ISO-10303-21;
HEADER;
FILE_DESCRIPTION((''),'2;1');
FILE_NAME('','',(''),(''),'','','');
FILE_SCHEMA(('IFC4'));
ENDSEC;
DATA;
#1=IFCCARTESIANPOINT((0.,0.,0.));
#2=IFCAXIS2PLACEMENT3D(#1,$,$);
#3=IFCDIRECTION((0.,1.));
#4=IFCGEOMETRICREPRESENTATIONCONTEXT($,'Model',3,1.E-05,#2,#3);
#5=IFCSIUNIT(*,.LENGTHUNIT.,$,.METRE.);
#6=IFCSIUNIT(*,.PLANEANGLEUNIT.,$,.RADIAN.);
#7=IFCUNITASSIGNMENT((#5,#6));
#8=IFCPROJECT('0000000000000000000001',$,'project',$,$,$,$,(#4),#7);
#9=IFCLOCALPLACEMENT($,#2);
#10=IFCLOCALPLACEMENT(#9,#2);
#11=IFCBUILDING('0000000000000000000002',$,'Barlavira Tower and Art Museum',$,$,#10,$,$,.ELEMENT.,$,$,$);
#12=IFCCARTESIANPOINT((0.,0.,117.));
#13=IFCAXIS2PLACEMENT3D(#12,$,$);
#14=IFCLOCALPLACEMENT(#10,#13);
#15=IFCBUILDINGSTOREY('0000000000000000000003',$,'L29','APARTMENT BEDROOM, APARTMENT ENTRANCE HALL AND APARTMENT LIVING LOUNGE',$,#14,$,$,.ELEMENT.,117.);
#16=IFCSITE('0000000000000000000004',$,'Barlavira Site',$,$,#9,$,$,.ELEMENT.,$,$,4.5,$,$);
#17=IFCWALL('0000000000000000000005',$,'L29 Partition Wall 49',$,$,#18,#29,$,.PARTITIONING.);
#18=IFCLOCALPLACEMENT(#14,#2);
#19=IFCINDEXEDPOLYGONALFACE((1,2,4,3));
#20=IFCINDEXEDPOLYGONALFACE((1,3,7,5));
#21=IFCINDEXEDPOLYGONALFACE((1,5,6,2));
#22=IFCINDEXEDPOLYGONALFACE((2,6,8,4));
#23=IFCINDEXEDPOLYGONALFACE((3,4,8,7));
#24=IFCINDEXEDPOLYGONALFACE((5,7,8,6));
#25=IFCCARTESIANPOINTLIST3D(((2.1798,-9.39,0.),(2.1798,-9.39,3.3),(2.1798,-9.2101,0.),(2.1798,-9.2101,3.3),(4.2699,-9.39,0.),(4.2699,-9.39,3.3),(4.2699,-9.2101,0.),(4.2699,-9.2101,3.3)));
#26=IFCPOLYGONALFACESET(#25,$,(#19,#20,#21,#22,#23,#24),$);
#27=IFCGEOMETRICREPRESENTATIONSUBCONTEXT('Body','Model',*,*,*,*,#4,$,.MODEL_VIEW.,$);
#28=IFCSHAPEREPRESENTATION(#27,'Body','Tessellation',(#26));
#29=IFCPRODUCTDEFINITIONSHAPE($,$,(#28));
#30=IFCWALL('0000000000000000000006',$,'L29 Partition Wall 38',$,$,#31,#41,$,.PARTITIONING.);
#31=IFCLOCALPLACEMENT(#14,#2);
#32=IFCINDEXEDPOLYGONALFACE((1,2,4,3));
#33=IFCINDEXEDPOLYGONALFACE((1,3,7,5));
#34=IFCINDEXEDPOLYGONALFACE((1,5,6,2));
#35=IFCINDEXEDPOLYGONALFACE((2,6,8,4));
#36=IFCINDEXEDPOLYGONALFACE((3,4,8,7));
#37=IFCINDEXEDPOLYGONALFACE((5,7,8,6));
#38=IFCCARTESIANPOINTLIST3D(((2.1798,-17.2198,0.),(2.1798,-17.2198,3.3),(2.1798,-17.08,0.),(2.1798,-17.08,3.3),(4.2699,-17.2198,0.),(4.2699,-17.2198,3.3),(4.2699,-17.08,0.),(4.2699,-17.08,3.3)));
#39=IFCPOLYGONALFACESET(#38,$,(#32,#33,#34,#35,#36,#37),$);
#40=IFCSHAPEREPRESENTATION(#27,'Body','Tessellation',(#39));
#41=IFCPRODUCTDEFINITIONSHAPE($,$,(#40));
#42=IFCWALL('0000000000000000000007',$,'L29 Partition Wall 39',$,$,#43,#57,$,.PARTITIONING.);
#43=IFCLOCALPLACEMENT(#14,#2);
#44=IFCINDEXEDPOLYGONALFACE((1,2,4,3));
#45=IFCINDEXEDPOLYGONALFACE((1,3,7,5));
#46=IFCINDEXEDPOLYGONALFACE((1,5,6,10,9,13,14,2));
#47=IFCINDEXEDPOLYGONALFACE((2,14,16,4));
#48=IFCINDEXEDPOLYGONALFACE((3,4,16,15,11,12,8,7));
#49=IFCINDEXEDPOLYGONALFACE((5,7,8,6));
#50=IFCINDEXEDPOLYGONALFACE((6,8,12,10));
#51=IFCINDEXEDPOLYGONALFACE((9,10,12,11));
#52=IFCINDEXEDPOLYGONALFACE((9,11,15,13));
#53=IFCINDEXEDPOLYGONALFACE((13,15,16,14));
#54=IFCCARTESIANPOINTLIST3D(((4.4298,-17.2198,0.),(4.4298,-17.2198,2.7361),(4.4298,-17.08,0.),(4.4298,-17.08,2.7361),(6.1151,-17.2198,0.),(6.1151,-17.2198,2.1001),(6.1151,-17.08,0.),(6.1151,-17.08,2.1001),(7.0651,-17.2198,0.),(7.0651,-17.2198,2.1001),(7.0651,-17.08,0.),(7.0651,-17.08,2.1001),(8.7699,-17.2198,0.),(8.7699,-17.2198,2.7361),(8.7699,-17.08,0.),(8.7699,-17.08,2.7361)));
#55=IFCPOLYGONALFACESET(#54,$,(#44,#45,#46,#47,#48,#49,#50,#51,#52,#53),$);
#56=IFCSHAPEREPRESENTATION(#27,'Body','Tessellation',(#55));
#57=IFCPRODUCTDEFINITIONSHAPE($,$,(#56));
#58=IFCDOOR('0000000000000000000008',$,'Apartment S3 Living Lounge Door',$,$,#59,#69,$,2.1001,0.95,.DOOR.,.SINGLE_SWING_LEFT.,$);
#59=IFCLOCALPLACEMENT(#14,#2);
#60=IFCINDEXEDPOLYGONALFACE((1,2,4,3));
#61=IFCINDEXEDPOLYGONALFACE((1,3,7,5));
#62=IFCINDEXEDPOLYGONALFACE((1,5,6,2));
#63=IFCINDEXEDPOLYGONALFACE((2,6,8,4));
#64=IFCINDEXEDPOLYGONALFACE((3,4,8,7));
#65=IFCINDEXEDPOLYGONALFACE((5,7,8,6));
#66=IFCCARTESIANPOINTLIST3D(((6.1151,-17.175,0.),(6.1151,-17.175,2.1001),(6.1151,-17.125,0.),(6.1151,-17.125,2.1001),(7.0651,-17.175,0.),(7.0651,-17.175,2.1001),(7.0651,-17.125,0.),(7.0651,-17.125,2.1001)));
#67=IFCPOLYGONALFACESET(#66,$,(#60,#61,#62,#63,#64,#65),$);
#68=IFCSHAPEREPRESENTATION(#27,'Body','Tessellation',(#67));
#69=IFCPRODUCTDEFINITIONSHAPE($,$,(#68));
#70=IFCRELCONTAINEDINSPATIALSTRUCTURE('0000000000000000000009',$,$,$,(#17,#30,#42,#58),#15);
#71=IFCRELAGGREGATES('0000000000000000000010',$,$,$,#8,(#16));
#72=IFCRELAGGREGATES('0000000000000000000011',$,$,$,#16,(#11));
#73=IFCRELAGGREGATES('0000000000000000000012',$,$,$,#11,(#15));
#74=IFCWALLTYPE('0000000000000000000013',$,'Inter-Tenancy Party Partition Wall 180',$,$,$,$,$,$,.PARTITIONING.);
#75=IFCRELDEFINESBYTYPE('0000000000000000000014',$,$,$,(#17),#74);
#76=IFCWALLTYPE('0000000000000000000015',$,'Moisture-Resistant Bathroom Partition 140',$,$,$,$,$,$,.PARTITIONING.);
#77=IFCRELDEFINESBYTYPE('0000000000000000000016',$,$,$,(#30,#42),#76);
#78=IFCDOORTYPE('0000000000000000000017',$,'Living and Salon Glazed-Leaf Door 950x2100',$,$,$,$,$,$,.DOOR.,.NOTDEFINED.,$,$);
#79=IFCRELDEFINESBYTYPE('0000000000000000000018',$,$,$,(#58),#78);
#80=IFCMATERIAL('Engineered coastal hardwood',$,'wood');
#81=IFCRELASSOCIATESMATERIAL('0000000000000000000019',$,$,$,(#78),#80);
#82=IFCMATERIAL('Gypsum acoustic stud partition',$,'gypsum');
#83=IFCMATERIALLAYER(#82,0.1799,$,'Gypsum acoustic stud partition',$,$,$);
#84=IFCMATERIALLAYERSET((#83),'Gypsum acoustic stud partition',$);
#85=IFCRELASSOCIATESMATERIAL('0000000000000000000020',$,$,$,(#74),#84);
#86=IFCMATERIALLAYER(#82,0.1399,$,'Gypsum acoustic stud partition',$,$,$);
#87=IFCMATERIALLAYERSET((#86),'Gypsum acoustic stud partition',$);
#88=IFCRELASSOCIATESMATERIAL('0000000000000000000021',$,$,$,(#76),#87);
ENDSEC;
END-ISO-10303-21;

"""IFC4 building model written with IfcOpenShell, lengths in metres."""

from ifc_helpers import new_model, si_unit, direction, frame, frame_2d, origin, place, context, subcontext, project, spatial, rectangle, extrude, material, layer, layer_set, type_object, element, fill, save


model = new_model("IFC4")

# Units and contexts
model_context = context("Model", 3, precision=1e-05, world=origin(), true_north=direction((0.0, 1.0)))
body_context = subcontext(model_context, "Body", "Model", "MODEL_VIEW")
ifc_project = project(units=[si_unit("LENGTHUNIT", "METRE"), si_unit("PLANEANGLEUNIT", "RADIAN")], contexts=[model_context])

# Site, building, storey
site_placement = place(None, origin())
site = spatial("IfcSite", under=ifc_project, at=site_placement, Name="Barlavira Site", CompositionType="ELEMENT", RefElevation=4.5)
building_placement = place(site_placement, origin())
building = spatial("IfcBuilding", under=site, at=building_placement, Name="Barlavira Tower and Art Museum", CompositionType="ELEMENT")
storey_placement = place(building_placement, frame((0.0, 0.0, 117.0)))
storey = spatial("IfcBuildingStorey", under=building, at=storey_placement, Name="L29", Description="APARTMENT BEDROOM, APARTMENT ENTRANCE HALL AND APARTMENT LIVING LOUNGE", CompositionType="ELEMENT", Elevation=117.0)

# Shared definitions
ifc_material_1 = material(Name="Gypsum acoustic stud partition", Category="gypsum")
ifc_material_2 = material(Name="Engineered coastal hardwood", Category="wood")
door_type_1 = type_object("IfcDoorType", Name="Living and Salon Glazed-Leaf Door 950x2100", OperationType="NOTDEFINED", PredefinedType="DOOR", material=ifc_material_2)

# Wall
ifc_layer_1 = layer(ifc_material_1, 0.1799, Name="Gypsum acoustic stud partition")
ifc_layer_set_1 = layer_set([ifc_layer_1], Name="Gypsum acoustic stud partition")
wall_type_1 = type_object("IfcWallType", Name="Inter-Tenancy Party Partition Wall 180", PredefinedType="PARTITIONING", material=ifc_layer_set_1)
wall_1_placement = place(storey_placement, frame((2.1799, -9.3, 0.0), z_axis=(0.0, 0.0, 1.0), x_axis=(1.0, 0.0, 0.0)))
element("IfcWall", 1, at=wall_1_placement, inside=storey, type_object=wall_type_1, Name="L29 Partition Wall 49", PredefinedType="PARTITIONING", context=body_context, shape_type="SweptSolid", body=[
    extrude(rectangle(XDim=2.0901, YDim=0.1799, at=frame_2d((1.0449, 0.0))), origin(), (0.0, 0.0, 1.0), 3.3),
])

# Wall
ifc_layer_2 = layer(ifc_material_1, 0.1399, Name="Gypsum acoustic stud partition")
ifc_layer_set_2 = layer_set([ifc_layer_2], Name="Gypsum acoustic stud partition")
wall_type_2 = type_object("IfcWallType", Name="Moisture-Resistant Bathroom Partition 140", PredefinedType="PARTITIONING", material=ifc_layer_set_2)
wall_2_placement = place(storey_placement, frame((2.1799, -17.1499, 0.0), z_axis=(0.0, 0.0, 1.0), x_axis=(1.0, 0.0, 0.0)))
element("IfcWall", 2, at=wall_2_placement, inside=storey, type_object=wall_type_2, Name="L29 Partition Wall 38", PredefinedType="PARTITIONING", context=body_context, shape_type="SweptSolid", body=[
    extrude(rectangle(XDim=2.0901, YDim=0.1399, at=frame_2d((1.0449, 0.0))), origin(), (0.0, 0.0, 1.0), 3.3),
])

# Wall, opening, door
wall_3_placement = place(storey_placement, frame((4.4299, -17.1499, 0.0), z_axis=(0.0, 0.0, 1.0), x_axis=(1.0, 0.0, 0.0)))
wall_3 = element("IfcWall", 3, at=wall_3_placement, inside=storey, type_object=wall_type_2, Name="L29 Partition Wall 39", PredefinedType="PARTITIONING", context=body_context, shape_type="SweptSolid", body=[
    extrude(rectangle(XDim=4.3401, YDim=0.1399, at=frame_2d((2.1699, 0.0))), origin(), (0.0, 0.0, 1.0), 2.7361),
])
opening_1_placement = place(wall_3_placement, frame((1.6851, 0.0, 0.0)))
opening_1 = element("IfcOpeningElement", 4, at=opening_1_placement, cuts=wall_3, PredefinedType="OPENING", context=body_context, shape_type="SweptSolid", body=[
    extrude(rectangle(XDim=0.95, YDim=2.1001, at=frame_2d((0.4751, 1.05))), frame((0.0, 0.0801, 0.0), z_axis=(0.0, -1.0, 0.0), x_axis=(1.0, 0.0, 0.0)), (0.0, 0.0, 1.0), 0.1599),
])
door_1_placement = place(opening_1_placement, origin())
door_1 = element("IfcDoor", 5, at=door_1_placement, inside=storey, type_object=door_type_1, Name="Apartment S3 Living Lounge Door", OperationType="SINGLE_SWING_LEFT", OverallHeight=2.1001, OverallWidth=0.95, PredefinedType="DOOR", context=body_context, shape_type="SweptSolid", body=[
    extrude(rectangle(XDim=0.95, YDim=2.1001, at=frame_2d((0.4751, 1.05))), frame((0.0, 0.0249, 0.0), z_axis=(0.0, -1.0, 0.0), x_axis=(1.0, 0.0, 0.0)), (0.0, 0.0, 1.0), 0.05),
])
fill(opening_1, door_1)

save(model, "model.ifc")
